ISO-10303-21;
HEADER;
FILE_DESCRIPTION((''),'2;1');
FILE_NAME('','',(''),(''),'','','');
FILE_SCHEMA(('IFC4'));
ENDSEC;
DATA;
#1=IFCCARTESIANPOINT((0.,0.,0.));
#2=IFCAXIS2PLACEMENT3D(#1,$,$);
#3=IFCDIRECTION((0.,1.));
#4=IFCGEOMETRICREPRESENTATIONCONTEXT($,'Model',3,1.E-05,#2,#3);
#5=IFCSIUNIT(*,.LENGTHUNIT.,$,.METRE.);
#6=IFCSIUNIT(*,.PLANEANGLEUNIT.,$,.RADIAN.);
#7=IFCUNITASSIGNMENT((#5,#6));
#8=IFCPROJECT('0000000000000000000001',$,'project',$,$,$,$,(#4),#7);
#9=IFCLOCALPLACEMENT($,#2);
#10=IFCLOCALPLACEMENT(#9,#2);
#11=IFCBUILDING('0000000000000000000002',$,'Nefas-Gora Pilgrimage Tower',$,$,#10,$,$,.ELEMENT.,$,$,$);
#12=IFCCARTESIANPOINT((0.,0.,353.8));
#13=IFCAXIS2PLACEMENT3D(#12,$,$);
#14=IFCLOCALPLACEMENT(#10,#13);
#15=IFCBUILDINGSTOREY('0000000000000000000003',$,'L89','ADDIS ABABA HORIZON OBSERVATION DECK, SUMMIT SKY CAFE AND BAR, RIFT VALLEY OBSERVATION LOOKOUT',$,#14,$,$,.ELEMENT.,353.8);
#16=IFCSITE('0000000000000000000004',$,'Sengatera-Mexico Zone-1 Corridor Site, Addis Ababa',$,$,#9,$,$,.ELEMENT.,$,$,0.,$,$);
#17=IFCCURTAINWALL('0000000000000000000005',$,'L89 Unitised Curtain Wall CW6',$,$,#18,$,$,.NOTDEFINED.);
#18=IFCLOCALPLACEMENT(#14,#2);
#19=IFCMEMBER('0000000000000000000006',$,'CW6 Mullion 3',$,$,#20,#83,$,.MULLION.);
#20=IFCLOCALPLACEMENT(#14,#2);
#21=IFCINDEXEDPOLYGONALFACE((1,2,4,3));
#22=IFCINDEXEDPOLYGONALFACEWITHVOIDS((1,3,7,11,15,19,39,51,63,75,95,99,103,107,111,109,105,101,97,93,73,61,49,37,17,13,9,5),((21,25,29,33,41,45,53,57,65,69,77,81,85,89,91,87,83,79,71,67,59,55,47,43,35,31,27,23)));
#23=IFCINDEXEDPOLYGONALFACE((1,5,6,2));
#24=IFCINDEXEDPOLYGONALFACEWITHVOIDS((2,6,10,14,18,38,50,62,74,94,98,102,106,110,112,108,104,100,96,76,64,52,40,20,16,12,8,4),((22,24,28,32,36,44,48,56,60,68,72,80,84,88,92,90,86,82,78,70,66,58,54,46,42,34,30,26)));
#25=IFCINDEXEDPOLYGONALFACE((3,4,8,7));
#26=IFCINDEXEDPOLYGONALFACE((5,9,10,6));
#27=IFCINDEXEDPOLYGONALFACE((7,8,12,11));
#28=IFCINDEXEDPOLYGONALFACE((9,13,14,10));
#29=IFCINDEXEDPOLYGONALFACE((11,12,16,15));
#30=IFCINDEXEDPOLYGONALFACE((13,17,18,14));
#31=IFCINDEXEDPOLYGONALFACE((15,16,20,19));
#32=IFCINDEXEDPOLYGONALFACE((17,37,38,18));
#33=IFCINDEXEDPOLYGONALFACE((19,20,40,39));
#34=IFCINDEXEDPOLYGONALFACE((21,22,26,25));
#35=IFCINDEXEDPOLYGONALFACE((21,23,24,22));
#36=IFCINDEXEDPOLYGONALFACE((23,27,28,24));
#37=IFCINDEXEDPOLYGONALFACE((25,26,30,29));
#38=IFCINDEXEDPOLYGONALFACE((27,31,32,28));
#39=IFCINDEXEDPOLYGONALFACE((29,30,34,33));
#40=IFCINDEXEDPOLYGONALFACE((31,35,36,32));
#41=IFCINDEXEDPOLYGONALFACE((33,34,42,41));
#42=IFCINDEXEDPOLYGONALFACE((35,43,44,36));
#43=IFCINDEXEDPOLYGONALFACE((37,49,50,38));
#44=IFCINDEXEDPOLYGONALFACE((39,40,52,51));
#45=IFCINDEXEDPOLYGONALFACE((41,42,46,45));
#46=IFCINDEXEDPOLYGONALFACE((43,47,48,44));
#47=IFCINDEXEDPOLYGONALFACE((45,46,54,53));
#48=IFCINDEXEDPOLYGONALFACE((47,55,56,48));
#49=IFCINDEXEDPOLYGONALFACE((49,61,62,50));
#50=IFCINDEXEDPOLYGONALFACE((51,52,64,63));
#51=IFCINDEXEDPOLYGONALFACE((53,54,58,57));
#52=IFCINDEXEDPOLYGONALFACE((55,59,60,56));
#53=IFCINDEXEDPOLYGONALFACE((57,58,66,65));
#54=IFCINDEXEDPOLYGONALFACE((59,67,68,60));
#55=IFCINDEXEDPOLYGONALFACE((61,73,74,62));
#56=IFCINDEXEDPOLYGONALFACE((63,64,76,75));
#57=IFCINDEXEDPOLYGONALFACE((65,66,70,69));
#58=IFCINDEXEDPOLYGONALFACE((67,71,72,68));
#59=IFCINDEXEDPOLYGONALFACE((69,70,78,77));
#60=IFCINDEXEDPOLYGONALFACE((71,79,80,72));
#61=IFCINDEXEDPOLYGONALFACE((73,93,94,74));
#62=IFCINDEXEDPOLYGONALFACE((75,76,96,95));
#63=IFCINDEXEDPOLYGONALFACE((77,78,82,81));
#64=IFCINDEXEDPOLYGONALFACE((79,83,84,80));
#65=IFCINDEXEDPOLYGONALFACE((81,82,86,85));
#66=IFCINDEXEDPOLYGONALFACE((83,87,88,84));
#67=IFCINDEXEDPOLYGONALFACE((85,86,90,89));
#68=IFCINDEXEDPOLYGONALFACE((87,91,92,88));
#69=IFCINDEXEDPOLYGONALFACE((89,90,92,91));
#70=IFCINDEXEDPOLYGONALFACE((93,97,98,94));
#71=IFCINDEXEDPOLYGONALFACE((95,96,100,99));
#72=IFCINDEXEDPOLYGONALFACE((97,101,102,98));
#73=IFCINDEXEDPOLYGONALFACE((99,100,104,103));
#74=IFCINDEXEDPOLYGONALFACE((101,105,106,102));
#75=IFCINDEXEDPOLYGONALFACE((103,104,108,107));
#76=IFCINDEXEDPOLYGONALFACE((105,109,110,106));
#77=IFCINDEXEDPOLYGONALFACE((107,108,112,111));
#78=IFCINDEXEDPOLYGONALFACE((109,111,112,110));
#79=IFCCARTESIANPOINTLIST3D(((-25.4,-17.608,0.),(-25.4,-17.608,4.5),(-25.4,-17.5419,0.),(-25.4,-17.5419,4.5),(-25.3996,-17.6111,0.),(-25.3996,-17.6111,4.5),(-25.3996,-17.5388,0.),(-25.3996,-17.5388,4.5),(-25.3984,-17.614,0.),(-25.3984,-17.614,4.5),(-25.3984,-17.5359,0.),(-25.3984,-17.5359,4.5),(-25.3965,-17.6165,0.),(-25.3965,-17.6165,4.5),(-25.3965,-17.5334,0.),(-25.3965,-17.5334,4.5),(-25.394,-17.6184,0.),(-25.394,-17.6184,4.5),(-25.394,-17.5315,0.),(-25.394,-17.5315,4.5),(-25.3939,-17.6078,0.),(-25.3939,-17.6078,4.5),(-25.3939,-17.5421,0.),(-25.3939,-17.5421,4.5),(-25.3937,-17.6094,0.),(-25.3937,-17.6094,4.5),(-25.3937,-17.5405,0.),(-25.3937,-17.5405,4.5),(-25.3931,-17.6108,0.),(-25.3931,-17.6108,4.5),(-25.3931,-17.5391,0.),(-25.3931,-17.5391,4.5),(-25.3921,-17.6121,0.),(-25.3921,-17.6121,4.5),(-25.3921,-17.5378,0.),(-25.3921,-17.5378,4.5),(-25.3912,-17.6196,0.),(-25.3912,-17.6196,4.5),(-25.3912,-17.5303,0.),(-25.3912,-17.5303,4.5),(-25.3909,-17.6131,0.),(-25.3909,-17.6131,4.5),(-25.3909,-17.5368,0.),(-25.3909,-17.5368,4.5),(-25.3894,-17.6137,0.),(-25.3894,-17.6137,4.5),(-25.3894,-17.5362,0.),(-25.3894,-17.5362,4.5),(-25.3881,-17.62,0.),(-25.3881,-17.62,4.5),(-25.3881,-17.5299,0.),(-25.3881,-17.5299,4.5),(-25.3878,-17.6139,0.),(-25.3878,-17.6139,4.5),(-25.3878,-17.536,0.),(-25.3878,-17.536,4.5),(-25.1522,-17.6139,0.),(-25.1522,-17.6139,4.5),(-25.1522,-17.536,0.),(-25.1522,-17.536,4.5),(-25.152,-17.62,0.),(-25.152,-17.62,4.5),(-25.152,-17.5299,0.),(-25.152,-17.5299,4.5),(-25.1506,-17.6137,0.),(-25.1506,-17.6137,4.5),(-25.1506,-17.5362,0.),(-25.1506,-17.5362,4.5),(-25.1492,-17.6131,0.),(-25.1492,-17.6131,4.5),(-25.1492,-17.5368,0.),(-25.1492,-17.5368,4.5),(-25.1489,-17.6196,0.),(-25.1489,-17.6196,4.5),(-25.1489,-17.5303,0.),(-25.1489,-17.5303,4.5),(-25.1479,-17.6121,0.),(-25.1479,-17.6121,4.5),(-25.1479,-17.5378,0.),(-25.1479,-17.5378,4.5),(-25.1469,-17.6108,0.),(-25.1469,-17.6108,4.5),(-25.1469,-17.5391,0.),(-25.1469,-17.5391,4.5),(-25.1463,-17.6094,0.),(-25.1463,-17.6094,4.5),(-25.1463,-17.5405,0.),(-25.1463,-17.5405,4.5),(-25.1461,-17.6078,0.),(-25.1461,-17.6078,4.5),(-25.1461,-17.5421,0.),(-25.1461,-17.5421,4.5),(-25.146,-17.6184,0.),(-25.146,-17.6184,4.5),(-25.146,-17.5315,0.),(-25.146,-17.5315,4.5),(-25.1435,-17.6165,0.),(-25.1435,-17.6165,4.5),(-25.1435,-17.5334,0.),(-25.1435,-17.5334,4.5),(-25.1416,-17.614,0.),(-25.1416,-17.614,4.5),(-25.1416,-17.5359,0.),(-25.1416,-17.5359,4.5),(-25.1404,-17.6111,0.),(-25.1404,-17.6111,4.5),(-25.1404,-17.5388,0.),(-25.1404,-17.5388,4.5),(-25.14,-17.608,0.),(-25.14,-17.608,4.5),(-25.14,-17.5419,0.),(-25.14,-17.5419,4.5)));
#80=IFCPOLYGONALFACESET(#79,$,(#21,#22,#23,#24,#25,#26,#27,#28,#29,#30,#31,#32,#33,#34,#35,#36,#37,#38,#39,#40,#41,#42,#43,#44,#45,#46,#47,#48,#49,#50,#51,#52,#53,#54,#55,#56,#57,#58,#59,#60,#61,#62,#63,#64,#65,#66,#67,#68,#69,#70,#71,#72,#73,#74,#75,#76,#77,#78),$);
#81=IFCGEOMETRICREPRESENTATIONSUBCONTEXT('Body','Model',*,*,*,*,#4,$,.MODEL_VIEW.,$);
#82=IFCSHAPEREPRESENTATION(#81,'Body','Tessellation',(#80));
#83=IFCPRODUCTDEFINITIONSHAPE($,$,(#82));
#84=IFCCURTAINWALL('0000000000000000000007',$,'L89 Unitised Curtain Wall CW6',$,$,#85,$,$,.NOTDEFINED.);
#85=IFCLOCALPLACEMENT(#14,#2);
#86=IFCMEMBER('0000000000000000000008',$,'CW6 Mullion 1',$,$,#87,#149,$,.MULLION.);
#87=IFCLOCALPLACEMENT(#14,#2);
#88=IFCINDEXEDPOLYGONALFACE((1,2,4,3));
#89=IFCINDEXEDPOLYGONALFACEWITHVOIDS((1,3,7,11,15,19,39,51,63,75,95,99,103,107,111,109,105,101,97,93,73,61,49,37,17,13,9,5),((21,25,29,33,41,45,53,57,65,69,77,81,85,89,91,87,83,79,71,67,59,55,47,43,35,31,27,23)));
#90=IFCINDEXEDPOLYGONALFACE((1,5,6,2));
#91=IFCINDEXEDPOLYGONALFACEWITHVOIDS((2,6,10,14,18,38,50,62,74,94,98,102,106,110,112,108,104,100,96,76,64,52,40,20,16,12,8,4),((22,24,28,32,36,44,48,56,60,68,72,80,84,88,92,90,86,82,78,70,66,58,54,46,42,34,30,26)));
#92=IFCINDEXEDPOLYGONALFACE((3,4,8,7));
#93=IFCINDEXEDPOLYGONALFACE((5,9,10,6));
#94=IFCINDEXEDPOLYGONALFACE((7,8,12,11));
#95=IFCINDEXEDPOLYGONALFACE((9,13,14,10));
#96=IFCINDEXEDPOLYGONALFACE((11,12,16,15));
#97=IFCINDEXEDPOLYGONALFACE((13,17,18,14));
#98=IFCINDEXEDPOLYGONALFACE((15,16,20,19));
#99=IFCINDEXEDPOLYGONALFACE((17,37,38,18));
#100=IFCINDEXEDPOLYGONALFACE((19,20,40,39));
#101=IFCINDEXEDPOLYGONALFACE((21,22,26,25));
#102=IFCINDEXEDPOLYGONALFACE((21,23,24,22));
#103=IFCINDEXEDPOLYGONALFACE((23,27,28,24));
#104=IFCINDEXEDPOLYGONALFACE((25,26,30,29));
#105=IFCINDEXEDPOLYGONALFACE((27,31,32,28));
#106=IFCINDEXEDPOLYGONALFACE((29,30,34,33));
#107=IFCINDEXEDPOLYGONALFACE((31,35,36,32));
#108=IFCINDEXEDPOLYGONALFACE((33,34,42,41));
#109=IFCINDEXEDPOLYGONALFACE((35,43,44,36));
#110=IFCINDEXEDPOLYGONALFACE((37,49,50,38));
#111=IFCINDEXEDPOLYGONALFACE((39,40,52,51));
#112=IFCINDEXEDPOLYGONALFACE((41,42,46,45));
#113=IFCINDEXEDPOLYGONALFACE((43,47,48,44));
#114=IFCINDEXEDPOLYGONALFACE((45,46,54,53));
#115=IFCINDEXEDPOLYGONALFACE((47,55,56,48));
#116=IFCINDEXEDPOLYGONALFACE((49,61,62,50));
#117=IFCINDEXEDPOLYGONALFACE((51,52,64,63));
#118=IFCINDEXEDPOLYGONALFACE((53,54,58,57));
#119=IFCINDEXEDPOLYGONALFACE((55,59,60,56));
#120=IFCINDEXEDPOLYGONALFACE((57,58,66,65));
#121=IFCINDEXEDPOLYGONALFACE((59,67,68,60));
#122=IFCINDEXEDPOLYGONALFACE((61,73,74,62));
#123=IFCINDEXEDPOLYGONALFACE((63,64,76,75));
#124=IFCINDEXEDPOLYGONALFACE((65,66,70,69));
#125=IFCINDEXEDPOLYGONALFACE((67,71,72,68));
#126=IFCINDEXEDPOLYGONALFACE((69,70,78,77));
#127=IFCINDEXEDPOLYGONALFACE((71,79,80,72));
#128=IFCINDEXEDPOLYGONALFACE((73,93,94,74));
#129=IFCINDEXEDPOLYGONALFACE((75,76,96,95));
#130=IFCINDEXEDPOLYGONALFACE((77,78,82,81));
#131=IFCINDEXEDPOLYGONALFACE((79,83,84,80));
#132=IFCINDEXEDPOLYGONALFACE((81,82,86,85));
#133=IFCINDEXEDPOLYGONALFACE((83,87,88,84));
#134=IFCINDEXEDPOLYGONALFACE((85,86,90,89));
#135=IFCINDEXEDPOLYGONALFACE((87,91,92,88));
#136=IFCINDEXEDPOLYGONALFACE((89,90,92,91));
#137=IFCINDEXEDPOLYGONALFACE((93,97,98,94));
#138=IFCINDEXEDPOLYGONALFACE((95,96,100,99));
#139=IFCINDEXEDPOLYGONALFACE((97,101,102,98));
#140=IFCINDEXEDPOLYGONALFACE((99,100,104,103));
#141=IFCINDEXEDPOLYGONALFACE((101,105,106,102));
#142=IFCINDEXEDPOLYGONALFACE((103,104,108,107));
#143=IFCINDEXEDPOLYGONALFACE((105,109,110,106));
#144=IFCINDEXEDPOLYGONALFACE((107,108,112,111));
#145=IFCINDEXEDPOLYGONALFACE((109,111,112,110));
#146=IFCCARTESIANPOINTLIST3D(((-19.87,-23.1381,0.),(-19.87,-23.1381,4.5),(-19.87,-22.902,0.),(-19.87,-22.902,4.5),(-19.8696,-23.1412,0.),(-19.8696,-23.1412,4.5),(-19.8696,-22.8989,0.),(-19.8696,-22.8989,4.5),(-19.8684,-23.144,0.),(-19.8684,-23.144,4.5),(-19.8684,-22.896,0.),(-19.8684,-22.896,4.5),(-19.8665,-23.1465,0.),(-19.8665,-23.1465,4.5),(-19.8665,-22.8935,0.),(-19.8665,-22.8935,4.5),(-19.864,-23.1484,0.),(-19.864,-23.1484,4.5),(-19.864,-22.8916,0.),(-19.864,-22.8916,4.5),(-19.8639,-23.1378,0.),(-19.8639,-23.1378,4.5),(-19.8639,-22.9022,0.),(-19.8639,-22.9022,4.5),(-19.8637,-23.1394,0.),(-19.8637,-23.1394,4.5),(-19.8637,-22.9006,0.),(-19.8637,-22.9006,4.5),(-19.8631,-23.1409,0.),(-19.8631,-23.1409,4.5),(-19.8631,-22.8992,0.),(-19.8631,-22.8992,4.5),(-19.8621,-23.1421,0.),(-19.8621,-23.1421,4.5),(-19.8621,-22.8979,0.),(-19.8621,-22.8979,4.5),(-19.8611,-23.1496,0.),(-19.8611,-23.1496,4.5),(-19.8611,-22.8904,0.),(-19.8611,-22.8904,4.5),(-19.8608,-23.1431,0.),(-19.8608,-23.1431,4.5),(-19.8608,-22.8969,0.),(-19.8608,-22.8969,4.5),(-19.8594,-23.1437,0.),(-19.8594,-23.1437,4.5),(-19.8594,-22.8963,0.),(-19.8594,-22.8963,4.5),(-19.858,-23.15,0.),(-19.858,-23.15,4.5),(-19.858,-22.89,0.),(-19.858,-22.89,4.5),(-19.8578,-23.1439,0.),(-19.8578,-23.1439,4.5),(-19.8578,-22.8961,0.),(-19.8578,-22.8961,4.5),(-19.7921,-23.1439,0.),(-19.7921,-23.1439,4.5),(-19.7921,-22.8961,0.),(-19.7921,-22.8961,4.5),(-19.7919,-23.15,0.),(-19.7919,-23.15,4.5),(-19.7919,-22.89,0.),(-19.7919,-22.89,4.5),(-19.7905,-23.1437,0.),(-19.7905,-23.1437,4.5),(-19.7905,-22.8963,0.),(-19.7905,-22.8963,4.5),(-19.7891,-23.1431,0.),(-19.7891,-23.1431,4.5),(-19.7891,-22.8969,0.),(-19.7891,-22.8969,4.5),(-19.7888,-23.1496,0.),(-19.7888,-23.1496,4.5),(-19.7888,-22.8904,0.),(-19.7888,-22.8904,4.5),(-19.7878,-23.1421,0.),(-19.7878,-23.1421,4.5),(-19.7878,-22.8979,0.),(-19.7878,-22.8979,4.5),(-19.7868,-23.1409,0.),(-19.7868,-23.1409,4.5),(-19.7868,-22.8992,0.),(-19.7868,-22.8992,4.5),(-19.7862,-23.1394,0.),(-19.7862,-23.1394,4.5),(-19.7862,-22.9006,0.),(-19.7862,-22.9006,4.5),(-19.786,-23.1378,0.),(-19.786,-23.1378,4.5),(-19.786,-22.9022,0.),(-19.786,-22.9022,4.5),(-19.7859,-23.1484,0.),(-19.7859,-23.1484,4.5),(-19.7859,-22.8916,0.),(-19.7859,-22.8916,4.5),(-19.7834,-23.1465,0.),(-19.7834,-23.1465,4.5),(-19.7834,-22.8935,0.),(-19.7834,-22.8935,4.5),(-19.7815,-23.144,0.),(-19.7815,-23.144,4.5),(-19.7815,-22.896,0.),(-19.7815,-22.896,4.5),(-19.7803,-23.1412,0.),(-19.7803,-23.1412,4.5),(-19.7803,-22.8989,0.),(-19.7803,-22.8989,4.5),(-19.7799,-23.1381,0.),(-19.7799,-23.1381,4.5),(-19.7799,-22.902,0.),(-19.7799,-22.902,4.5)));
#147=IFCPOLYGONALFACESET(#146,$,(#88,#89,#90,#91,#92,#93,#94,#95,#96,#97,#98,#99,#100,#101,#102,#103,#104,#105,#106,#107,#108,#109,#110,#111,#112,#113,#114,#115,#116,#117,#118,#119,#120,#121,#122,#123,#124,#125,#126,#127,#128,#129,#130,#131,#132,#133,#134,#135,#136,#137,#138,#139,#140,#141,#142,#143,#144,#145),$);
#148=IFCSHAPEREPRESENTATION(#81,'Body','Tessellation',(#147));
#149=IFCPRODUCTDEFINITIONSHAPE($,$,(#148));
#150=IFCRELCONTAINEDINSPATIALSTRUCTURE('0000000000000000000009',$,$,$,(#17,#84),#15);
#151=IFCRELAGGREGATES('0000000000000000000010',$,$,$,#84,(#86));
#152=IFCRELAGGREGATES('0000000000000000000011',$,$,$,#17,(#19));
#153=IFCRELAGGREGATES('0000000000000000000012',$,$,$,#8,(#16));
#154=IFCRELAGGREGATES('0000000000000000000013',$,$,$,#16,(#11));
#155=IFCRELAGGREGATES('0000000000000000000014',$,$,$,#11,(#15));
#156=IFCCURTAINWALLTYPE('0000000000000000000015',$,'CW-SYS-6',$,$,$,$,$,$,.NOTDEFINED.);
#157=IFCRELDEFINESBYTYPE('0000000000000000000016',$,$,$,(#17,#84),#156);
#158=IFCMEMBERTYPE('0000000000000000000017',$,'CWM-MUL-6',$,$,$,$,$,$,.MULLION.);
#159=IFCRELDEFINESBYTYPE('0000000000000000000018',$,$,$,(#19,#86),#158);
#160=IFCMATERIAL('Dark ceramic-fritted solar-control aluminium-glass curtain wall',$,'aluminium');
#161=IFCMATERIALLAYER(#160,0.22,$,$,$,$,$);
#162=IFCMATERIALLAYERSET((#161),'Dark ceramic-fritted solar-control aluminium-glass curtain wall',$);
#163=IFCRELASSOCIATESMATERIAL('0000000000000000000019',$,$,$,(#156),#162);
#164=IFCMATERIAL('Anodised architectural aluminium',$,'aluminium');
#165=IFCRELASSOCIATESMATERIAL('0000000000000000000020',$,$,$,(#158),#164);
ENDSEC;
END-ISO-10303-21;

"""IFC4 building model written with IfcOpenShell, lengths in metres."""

from ifc_helpers import new_model, si_unit, direction, frame, origin, origin_2d, place, context, subcontext, project, spatial, hollow_rectangle, extrude, source, transform, mapped, material, layer, layer_set, material_profile, profile_set, type_object, element, aggregate, save


model = new_model("IFC4")

# Units and contexts
model_context = context("Model", 3, precision=1e-05, world=origin(), true_north=direction((0.0, 1.0)))
body_context = subcontext(model_context, "Body", "Model", "MODEL_VIEW")
ifc_project = project(units=[si_unit("LENGTHUNIT", "METRE"), si_unit("PLANEANGLEUNIT", "RADIAN")], contexts=[model_context])

# Site, building, storey
site_placement = place(None, origin())
site = spatial("IfcSite", under=ifc_project, at=site_placement, Name="Sengatera-Mexico Zone-1 Corridor Site, Addis Ababa", CompositionType="ELEMENT", RefElevation=0.0)
building_placement = place(site_placement, origin())
building = spatial("IfcBuilding", under=site, at=building_placement, Name="Nefas-Gora Pilgrimage Tower", CompositionType="ELEMENT")
storey_placement = place(building_placement, frame((0.0, 0.0, 353.8)))
storey = spatial("IfcBuildingStorey", under=building, at=storey_placement, Name="L89", Description="ADDIS ABABA HORIZON OBSERVATION DECK, SUMMIT SKY CAFE AND BAR, RIFT VALLEY OBSERVATION LOOKOUT", CompositionType="ELEMENT", Elevation=353.8)

# Curtain wall, member
ifc_material_1 = material(Name="Dark ceramic-fritted solar-control aluminium-glass curtain wall", Category="aluminium")
ifc_layer_1 = layer(ifc_material_1, 0.22)
ifc_layer_set_1 = layer_set([ifc_layer_1], Name="Dark ceramic-fritted solar-control aluminium-glass curtain wall")
curtain_wall_type = type_object("IfcCurtainWallType", Name="CW-SYS-6", PredefinedType="NOTDEFINED", material=ifc_layer_set_1)
curtain_wall_1_placement = place(storey_placement, origin())
curtain_wall_1 = element("IfcCurtainWall", 1, at=curtain_wall_1_placement, inside=storey, type_object=curtain_wall_type, Name="L89 Unitised Curtain Wall CW6", PredefinedType="NOTDEFINED")
ifc_material_2 = material(Name="Anodised architectural aluminium", Category="aluminium")
ifc_material_profile_1 = material_profile(ifc_material_2, hollow_rectangle(XDim=0.0901, YDim=0.26, WallThickness=0.0061, InnerFilletRadius=0.0061, OuterFilletRadius=0.012, at=origin_2d()), Name="ALU MULLION 90x260")
ifc_profile_set_1 = profile_set([ifc_material_profile_1], Name="Anodised architectural aluminium")
member_type_1 = type_object("IfcMemberType", Name="CWM-MUL-6", PredefinedType="MULLION", material=ifc_profile_set_1)
shared_shape_1 = source(origin(), body_context, "Body", "SweptSolid", [
    extrude(hollow_rectangle(XDim=0.0901, YDim=0.26, WallThickness=0.0061, InnerFilletRadius=0.0061, OuterFilletRadius=0.012, at=origin_2d()), origin(), (0.0, 0.0, 1.0), 4.5),
])
member_1_placement = place(storey_placement, frame((-25.27, -17.575, 0.0), z_axis=(0.0, 0.0, 1.0), x_axis=(0.0, -1.0, 0.0)))
member_1 = element("IfcMember", 2, at=member_1_placement, type_object=member_type_1, Name="CW6 Mullion 3", PredefinedType="MULLION", context=body_context, shape_type="MappedRepresentation", body=[
    mapped(shared_shape_1, transform((0.0, 0.0, 0.0), x_axis=(1.0, 0.0, 0.0), y_axis=(0.0, 1.0, 0.0), z_axis=(0.0, 0.0, 1.0), scale=1.0)),
])

# Curtain wall, member
curtain_wall_2_placement = place(storey_placement, origin())
curtain_wall_2 = element("IfcCurtainWall", 3, at=curtain_wall_2_placement, inside=storey, type_object=curtain_wall_type, Name="L89 Unitised Curtain Wall CW6", PredefinedType="NOTDEFINED")
member_2_placement = place(storey_placement, frame((-19.825, -23.02, 0.0), z_axis=(0.0, 0.0, 1.0), x_axis=(1.0, 0.0, 0.0)))
member_2 = element("IfcMember", 4, at=member_2_placement, type_object=member_type_1, Name="CW6 Mullion 1", PredefinedType="MULLION", context=body_context, shape_type="MappedRepresentation", body=[
    mapped(shared_shape_1, transform((0.0, 0.0, 0.0), x_axis=(1.0, 0.0, 0.0), y_axis=(0.0, 1.0, 0.0), z_axis=(0.0, 0.0, 1.0), scale=1.0)),
])
aggregate(curtain_wall_2, [member_2])

aggregate(curtain_wall_1, [member_1])

save(model, "model.ifc")
